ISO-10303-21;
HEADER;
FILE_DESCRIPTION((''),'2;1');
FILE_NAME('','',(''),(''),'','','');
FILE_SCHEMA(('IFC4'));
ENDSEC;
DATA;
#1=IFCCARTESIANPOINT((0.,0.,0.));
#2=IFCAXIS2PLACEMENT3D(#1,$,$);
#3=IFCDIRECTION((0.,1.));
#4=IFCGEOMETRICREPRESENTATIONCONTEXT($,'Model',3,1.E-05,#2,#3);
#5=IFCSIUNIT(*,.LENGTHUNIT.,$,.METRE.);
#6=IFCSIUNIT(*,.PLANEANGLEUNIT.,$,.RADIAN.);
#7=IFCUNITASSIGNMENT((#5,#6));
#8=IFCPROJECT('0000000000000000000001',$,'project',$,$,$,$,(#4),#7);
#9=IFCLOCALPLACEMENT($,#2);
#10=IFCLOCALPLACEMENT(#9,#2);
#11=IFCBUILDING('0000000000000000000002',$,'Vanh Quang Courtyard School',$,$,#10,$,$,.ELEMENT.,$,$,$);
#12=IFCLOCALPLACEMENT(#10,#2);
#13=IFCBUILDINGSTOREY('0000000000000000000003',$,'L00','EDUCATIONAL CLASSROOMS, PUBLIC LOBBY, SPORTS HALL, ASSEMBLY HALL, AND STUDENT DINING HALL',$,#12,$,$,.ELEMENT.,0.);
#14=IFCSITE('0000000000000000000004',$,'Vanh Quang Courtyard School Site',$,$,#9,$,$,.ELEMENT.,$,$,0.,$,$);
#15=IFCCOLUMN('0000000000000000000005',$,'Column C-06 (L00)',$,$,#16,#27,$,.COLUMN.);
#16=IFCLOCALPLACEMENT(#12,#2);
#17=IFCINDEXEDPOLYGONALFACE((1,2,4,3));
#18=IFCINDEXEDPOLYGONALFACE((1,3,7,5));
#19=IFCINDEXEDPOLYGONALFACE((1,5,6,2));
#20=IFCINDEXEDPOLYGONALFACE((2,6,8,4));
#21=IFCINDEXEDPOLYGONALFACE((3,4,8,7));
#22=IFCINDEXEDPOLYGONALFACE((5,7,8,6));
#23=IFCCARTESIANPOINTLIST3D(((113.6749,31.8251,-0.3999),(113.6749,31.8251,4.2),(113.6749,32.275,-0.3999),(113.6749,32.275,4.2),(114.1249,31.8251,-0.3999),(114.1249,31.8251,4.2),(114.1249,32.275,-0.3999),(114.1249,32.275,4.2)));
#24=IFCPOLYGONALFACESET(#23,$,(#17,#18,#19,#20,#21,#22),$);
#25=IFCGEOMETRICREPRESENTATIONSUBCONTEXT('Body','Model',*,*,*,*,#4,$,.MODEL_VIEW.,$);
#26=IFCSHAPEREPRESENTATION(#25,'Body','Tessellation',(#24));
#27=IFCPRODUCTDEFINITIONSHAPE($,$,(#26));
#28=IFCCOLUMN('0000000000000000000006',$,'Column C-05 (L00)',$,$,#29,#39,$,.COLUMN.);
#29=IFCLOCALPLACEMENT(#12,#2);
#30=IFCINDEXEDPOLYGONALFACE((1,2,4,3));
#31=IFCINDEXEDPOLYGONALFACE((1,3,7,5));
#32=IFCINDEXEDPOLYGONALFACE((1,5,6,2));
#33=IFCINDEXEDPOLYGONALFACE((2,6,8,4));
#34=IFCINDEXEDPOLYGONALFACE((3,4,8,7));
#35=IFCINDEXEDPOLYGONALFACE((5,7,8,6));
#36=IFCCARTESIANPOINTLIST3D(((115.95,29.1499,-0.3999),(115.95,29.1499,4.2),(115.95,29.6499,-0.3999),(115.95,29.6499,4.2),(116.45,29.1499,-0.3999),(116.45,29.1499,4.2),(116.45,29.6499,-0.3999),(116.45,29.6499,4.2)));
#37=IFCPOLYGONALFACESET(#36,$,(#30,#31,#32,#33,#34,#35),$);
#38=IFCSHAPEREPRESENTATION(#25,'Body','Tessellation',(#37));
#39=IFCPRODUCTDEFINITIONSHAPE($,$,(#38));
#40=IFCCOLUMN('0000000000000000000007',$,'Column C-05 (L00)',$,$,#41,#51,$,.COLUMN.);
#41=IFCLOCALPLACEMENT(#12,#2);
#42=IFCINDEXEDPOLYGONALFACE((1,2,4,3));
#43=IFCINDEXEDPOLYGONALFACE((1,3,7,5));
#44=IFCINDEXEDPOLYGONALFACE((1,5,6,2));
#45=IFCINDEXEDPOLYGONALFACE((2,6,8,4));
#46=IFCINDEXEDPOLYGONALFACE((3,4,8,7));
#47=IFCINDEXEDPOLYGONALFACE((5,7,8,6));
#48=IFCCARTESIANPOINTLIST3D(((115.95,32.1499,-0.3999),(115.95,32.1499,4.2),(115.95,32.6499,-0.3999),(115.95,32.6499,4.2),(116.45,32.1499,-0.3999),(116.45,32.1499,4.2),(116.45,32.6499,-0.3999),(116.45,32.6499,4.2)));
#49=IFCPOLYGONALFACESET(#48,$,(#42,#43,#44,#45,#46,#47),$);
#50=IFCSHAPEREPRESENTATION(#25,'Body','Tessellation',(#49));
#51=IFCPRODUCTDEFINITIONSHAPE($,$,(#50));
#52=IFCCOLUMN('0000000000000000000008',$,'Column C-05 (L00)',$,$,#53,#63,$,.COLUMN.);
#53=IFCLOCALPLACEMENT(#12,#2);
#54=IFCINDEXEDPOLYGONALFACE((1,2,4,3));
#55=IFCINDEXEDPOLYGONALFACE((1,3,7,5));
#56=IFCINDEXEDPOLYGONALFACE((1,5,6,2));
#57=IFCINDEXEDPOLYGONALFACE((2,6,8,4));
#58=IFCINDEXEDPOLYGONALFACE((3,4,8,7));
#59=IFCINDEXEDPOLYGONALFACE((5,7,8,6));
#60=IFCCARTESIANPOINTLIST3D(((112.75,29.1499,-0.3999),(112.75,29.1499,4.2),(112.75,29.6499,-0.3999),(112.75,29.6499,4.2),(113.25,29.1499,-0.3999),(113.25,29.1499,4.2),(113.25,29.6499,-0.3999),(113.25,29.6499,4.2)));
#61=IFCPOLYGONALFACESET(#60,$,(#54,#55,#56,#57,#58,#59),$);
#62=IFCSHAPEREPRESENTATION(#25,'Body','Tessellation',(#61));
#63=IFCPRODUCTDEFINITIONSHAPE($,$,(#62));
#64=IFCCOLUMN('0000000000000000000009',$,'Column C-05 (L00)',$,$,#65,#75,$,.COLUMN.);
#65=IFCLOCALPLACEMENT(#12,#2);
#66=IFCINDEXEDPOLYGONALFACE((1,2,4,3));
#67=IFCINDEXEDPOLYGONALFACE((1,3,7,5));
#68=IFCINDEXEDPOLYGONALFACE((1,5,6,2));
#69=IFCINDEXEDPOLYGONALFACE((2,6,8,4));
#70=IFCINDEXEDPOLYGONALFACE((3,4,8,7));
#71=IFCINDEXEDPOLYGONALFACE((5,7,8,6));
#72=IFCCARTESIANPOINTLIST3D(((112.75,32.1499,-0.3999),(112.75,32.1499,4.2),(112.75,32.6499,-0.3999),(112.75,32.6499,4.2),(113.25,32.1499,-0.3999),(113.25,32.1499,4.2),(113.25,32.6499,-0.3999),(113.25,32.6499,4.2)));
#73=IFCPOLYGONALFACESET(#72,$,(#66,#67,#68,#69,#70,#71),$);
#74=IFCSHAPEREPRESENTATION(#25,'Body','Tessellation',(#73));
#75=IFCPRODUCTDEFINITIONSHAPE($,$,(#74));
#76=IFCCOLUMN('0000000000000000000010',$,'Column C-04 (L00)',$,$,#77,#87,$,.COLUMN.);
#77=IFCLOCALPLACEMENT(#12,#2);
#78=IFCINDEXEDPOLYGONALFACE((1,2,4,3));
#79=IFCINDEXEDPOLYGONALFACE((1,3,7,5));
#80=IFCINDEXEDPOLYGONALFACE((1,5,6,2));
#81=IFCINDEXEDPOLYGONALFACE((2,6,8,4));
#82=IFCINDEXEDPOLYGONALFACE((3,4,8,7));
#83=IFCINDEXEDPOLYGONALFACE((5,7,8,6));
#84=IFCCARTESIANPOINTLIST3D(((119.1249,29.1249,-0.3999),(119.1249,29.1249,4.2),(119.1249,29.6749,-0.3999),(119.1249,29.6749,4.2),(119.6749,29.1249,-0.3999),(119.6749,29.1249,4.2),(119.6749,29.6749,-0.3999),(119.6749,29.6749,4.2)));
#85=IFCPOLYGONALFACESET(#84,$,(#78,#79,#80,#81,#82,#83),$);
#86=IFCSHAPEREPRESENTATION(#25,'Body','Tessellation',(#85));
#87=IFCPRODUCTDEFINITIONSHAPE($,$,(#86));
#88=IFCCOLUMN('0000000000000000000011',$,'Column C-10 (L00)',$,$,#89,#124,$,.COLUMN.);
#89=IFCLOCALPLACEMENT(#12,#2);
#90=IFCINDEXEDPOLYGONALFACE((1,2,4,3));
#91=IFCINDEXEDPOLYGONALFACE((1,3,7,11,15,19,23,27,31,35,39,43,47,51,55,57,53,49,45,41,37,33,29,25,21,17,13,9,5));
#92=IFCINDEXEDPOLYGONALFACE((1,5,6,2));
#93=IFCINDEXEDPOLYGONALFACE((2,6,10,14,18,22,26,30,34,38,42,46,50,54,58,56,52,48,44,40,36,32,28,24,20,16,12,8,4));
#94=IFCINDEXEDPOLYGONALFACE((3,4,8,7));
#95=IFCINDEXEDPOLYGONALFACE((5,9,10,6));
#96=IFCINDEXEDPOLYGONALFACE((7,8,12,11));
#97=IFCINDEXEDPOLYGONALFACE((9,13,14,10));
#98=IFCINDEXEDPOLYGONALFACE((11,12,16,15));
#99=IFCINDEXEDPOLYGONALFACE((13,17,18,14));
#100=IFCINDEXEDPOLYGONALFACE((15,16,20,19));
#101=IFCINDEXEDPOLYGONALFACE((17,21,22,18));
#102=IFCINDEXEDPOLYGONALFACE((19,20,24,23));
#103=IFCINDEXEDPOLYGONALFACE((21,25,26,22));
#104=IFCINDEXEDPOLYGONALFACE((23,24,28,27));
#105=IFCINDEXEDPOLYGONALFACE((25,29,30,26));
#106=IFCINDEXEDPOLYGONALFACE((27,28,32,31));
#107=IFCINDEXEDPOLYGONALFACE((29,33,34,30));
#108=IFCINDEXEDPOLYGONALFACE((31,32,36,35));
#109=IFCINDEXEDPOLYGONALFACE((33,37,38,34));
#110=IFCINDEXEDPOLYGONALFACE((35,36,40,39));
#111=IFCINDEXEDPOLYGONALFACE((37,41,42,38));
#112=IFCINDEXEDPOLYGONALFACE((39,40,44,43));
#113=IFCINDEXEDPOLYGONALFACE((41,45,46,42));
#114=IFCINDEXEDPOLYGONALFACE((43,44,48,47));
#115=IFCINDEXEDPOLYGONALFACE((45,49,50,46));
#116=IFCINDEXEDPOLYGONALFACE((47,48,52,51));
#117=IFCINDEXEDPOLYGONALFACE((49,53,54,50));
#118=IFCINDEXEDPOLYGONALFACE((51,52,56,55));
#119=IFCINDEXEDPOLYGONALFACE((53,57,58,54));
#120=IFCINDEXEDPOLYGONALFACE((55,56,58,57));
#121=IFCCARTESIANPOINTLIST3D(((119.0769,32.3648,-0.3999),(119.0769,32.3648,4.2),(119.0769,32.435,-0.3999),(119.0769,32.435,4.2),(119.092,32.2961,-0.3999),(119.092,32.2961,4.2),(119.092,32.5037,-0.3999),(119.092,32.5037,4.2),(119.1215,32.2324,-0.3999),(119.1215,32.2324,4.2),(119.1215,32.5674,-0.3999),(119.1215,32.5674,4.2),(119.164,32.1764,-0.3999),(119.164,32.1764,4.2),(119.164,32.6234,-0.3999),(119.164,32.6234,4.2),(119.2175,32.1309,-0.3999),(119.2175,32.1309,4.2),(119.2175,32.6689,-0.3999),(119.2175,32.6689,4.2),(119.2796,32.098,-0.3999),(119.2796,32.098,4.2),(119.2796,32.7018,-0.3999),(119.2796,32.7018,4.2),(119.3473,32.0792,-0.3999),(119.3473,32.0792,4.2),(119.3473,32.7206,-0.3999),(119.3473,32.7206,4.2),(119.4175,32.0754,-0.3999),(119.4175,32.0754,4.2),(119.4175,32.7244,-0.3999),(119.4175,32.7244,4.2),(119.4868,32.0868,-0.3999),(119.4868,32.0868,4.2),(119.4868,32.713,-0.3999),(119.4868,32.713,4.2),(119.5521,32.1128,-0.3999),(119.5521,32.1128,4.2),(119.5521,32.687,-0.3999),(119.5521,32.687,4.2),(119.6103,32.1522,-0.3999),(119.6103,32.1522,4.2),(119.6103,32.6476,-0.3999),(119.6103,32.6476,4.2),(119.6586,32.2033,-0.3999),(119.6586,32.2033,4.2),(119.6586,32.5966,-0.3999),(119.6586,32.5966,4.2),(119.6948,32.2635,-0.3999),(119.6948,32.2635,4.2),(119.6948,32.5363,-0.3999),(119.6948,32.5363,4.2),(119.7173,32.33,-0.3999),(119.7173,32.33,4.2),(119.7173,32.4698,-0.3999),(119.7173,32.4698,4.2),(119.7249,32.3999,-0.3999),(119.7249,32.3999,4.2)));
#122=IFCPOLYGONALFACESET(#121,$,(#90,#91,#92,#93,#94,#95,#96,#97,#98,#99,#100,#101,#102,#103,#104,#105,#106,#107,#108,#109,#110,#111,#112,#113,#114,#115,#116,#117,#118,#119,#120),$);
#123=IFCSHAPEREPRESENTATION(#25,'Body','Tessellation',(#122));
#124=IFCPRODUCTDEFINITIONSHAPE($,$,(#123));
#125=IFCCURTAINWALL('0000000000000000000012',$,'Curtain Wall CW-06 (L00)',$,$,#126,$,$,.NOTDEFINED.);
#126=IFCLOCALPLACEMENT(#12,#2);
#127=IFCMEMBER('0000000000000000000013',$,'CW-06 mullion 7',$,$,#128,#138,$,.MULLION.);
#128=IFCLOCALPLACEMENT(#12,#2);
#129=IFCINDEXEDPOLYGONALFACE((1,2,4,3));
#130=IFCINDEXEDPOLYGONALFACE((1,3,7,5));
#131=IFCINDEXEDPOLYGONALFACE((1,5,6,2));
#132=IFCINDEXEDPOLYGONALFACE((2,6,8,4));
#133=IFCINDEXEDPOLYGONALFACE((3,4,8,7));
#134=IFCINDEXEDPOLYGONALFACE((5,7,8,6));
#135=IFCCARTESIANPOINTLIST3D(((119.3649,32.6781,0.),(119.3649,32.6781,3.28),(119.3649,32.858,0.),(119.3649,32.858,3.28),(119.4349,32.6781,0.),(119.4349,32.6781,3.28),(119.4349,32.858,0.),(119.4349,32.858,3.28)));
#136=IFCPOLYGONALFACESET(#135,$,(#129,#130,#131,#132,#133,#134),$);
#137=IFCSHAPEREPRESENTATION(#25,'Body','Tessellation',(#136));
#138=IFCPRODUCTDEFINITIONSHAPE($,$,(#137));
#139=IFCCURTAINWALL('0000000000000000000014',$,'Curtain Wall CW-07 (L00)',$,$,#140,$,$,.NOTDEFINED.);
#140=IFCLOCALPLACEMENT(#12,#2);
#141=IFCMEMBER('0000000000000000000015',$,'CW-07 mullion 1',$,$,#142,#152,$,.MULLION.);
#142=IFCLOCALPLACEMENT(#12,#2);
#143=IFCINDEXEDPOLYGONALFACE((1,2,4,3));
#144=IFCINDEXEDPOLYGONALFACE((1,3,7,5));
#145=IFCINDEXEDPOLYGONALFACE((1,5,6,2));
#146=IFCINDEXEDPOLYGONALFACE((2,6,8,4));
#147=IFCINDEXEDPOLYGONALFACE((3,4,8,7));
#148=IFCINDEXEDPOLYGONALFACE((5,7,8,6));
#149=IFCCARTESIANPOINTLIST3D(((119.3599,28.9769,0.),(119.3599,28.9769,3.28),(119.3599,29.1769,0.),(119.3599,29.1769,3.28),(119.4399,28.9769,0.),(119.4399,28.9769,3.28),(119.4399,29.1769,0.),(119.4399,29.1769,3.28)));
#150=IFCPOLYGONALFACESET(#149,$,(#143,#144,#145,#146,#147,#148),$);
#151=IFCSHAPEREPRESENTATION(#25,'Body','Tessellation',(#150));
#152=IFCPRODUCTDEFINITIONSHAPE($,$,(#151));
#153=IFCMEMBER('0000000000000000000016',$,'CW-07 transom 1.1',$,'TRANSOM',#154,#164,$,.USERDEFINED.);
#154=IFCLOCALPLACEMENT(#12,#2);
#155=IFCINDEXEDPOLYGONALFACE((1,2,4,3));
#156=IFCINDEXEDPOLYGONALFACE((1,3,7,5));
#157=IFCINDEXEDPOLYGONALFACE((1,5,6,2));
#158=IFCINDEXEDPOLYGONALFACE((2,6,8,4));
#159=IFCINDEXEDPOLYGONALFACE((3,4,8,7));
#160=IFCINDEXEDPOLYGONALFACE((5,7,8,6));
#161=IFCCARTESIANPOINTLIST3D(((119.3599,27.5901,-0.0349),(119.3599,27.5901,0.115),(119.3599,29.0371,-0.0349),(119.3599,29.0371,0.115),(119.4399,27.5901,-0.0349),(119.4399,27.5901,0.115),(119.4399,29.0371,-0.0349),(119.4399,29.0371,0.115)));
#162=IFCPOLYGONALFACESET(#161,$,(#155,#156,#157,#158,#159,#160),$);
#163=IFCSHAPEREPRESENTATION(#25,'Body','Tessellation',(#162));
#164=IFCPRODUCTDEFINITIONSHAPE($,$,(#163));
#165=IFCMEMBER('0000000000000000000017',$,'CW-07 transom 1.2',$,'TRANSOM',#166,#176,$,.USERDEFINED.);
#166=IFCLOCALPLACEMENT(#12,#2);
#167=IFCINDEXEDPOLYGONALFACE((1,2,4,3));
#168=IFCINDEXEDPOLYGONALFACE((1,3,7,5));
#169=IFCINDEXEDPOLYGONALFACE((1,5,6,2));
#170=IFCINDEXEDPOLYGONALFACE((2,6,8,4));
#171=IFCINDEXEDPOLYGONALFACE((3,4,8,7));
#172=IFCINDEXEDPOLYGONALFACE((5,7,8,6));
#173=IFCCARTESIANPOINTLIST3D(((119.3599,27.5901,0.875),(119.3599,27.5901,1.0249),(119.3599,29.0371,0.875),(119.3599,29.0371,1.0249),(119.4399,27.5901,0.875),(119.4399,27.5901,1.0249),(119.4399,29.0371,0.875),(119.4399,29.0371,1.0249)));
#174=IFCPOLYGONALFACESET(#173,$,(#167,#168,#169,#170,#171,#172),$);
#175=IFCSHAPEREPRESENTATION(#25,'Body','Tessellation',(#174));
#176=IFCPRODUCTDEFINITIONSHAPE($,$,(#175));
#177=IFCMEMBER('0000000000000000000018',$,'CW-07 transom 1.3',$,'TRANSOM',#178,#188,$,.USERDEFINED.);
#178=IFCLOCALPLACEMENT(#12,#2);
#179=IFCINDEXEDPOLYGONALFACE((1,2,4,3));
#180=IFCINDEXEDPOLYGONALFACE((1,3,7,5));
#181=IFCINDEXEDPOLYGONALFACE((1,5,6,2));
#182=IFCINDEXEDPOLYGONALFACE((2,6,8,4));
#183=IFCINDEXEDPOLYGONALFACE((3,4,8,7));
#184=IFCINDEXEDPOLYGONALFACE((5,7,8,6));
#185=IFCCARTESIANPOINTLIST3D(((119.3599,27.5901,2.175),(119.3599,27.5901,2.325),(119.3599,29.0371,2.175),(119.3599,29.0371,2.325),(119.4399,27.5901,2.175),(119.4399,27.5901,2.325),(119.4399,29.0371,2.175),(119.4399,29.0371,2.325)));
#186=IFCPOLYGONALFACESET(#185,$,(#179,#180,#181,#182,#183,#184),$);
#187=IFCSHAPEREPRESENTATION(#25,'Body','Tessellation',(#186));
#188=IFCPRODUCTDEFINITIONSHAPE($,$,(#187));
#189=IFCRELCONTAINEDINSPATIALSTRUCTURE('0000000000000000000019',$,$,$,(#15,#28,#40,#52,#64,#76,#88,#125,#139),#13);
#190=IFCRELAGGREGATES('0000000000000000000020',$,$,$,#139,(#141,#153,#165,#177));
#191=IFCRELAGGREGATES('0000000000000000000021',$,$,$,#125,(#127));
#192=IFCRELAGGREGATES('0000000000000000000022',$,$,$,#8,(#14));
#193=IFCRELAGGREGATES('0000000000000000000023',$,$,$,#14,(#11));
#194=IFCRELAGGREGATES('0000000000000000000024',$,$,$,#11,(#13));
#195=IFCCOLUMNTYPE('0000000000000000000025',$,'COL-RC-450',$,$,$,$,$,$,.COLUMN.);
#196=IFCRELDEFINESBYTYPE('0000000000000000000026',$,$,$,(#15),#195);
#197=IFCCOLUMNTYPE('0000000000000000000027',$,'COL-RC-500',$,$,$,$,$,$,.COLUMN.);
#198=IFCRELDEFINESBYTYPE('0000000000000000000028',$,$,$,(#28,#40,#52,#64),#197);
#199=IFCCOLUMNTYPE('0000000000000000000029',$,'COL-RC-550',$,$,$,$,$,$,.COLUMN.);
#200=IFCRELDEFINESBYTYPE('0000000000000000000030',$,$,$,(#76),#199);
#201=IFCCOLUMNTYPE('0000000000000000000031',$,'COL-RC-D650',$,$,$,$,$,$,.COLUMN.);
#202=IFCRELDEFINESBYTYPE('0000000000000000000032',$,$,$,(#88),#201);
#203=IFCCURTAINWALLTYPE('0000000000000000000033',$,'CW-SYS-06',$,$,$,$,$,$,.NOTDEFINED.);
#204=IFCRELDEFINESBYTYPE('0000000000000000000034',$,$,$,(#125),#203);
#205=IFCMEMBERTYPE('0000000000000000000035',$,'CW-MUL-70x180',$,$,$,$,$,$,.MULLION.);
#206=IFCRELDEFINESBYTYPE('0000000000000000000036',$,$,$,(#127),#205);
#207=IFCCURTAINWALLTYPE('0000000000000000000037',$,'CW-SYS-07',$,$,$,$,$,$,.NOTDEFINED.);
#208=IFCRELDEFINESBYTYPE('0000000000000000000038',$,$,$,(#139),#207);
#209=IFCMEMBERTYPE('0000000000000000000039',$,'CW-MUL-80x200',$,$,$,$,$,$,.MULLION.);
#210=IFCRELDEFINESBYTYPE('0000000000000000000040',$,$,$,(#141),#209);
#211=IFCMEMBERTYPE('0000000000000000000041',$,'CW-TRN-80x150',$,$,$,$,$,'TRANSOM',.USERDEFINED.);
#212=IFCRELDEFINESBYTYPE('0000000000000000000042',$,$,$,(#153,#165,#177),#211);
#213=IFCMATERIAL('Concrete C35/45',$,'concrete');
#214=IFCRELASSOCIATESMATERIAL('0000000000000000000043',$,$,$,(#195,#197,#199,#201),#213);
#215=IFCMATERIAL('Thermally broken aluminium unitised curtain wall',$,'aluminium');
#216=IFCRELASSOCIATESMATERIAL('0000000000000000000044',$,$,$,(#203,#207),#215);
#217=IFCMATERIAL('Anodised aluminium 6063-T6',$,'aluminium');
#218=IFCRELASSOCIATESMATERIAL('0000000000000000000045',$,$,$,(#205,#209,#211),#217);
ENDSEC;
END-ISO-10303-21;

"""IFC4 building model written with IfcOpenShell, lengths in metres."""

from ifc_helpers import new_model, si_unit, direction, frame, origin, origin_2d, place, context, subcontext, project, spatial, rectangle, circle, extrude, material, material_profile, profile_set, type_object, element, aggregate, save


model = new_model("IFC4")

# Units and contexts
model_context = context("Model", 3, precision=1e-05, world=origin(), true_north=direction((0.0, 1.0)))
body_context = subcontext(model_context, "Body", "Model", "MODEL_VIEW")
ifc_project = project(units=[si_unit("LENGTHUNIT", "METRE"), si_unit("PLANEANGLEUNIT", "RADIAN")], contexts=[model_context])

# Site, building, storey
site_placement = place(None, origin())
site = spatial("IfcSite", under=ifc_project, at=site_placement, Name="Vanh Quang Courtyard School Site", CompositionType="ELEMENT", RefElevation=0.0)
building_placement = place(site_placement, origin())
building = spatial("IfcBuilding", under=site, at=building_placement, Name="Vanh Quang Courtyard School", CompositionType="ELEMENT")
storey_placement = place(building_placement, origin())
storey = spatial("IfcBuildingStorey", under=building, at=storey_placement, Name="L00", Description="EDUCATIONAL CLASSROOMS, PUBLIC LOBBY, SPORTS HALL, ASSEMBLY HALL, AND STUDENT DINING HALL", CompositionType="ELEMENT", Elevation=0.0)

# Shared definitions
ifc_material_1 = material(Name="Concrete C35/45", Category="concrete")

# Columns
ifc_material_profile_1 = material_profile(ifc_material_1, rectangle(XDim=0.45, YDim=0.45, at=origin_2d()), Name="RC-COL 450x450")
ifc_profile_set_1 = profile_set([ifc_material_profile_1], Name="Concrete C35/45")
column_type_1 = type_object("IfcColumnType", Name="COL-RC-450", PredefinedType="COLUMN", material=ifc_profile_set_1)
for number, where, z_axis, x_axis, name in (
    (1, (113.8999, 32.05, -0.3999), (0.0, 0.0, 1.0), (1.0, 0.0, 0.0), "Column C-06 (L00)"),
):
    element("IfcColumn", number, at=place(storey_placement, frame(where, z_axis=z_axis, x_axis=x_axis)), inside=storey, type_object=column_type_1, Name=name, PredefinedType="COLUMN", context=body_context, shape_type="SweptSolid", body=[
        extrude(rectangle(XDim=0.45, YDim=0.45, at=origin_2d()), origin(), (0.0, 0.0, 1.0), 4.5999),
    ])
ifc_material_profile_2 = material_profile(ifc_material_1, rectangle(XDim=0.5, YDim=0.5, at=origin_2d()), Name="RC-COL 500x500")
ifc_profile_set_2 = profile_set([ifc_material_profile_2], Name="Concrete C35/45")
column_type_2 = type_object("IfcColumnType", Name="COL-RC-500", PredefinedType="COLUMN", material=ifc_profile_set_2)
for number, where, z_axis, x_axis, name in (
    (2, (116.2, 29.3999, -0.3999), (0.0, 0.0, 1.0), (1.0, 0.0, 0.0), "Column C-05 (L00)"),
    (3, (116.2, 32.3999, -0.3999), (0.0, 0.0, 1.0), (1.0, 0.0, 0.0), "Column C-05 (L00)"),
    (4, (113.0, 29.3999, -0.3999), (0.0, 0.0, 1.0), (1.0, 0.0, 0.0), "Column C-05 (L00)"),
    (5, (113.0, 32.3999, -0.3999), (0.0, 0.0, 1.0), (1.0, 0.0, 0.0), "Column C-05 (L00)"),
):
    element("IfcColumn", number, at=place(storey_placement, frame(where, z_axis=z_axis, x_axis=x_axis)), inside=storey, type_object=column_type_2, Name=name, PredefinedType="COLUMN", context=body_context, shape_type="SweptSolid", body=[
        extrude(rectangle(XDim=0.5, YDim=0.5, at=origin_2d()), origin(), (0.0, 0.0, 1.0), 4.5999),
    ])
ifc_material_profile_3 = material_profile(ifc_material_1, rectangle(XDim=0.55, YDim=0.55, at=origin_2d()), Name="RC-COL 550x550")
ifc_profile_set_3 = profile_set([ifc_material_profile_3], Name="Concrete C35/45")
column_type_3 = type_object("IfcColumnType", Name="COL-RC-550", PredefinedType="COLUMN", material=ifc_profile_set_3)
column_1_placement = place(storey_placement, frame((119.3999, 29.3999, -0.3999), z_axis=(0.0, 0.0, 1.0), x_axis=(1.0, 0.0, 0.0)))
element("IfcColumn", 6, at=column_1_placement, inside=storey, type_object=column_type_3, Name="Column C-04 (L00)", PredefinedType="COLUMN", context=body_context, shape_type="SweptSolid", body=[
    extrude(rectangle(XDim=0.55, YDim=0.55, at=origin_2d()), origin(), (0.0, 0.0, 1.0), 4.5999),
])
ifc_material_profile_4 = material_profile(ifc_material_1, circle(Radius=0.325, at=origin_2d()), Name="RC-COL D650")
ifc_profile_set_4 = profile_set([ifc_material_profile_4], Name="Concrete C35/45")
column_type_4 = type_object("IfcColumnType", Name="COL-RC-D650", PredefinedType="COLUMN", material=ifc_profile_set_4)
column_2_placement = place(storey_placement, frame((119.3999, 32.3999, -0.3999), z_axis=(0.0, 0.0, 1.0), x_axis=(1.0, 0.0, 0.0)))
element("IfcColumn", 7, at=column_2_placement, inside=storey, type_object=column_type_4, Name="Column C-10 (L00)", PredefinedType="COLUMN", context=body_context, shape_type="SweptSolid", body=[
    extrude(circle(Radius=0.325, at=origin_2d()), origin(), (0.0, 0.0, 1.0), 4.5999),
])

# Curtain wall, member
ifc_material_2 = material(Name="Thermally broken aluminium unitised curtain wall", Category="aluminium")
curtain_wall_type_1 = type_object("IfcCurtainWallType", Name="CW-SYS-06", PredefinedType="NOTDEFINED", material=ifc_material_2)
curtain_wall_1_placement = place(storey_placement, origin())
curtain_wall_1 = element("IfcCurtainWall", 8, at=curtain_wall_1_placement, inside=storey, type_object=curtain_wall_type_1, Name="Curtain Wall CW-06 (L00)", PredefinedType="NOTDEFINED")
ifc_material_3 = material(Name="Anodised aluminium 6063-T6", Category="aluminium")
ifc_material_profile_5 = material_profile(ifc_material_3, rectangle(XDim=0.0701, YDim=0.1799, at=origin_2d()), Name="ALU-MUL 70x180")
ifc_profile_set_5 = profile_set([ifc_material_profile_5], Name="Anodised aluminium 6063-T6")
member_type_1 = type_object("IfcMemberType", Name="CW-MUL-70x180", PredefinedType="MULLION", material=ifc_profile_set_5)
member_1_placement = place(storey_placement, frame((119.3999, 32.7681, 0.0), z_axis=(0.0, 0.0, 1.0), x_axis=(1.0, 0.0, 0.0)))
member_1 = element("IfcMember", 9, at=member_1_placement, type_object=member_type_1, Name="CW-06 mullion 7", PredefinedType="MULLION", context=body_context, shape_type="SweptSolid", body=[
    extrude(rectangle(XDim=0.0701, YDim=0.1799, at=origin_2d()), origin(), (0.0, 0.0, 1.0), 3.28),
])

# Curtain wall, members
curtain_wall_type_2 = type_object("IfcCurtainWallType", Name="CW-SYS-07", PredefinedType="NOTDEFINED", material=ifc_material_2)
curtain_wall_2_placement = place(storey_placement, origin())
curtain_wall_2 = element("IfcCurtainWall", 10, at=curtain_wall_2_placement, inside=storey, type_object=curtain_wall_type_2, Name="Curtain Wall CW-07 (L00)", PredefinedType="NOTDEFINED")
ifc_material_profile_6 = material_profile(ifc_material_3, rectangle(XDim=0.0801, YDim=0.2, at=origin_2d()), Name="ALU-MUL 80x200")
ifc_profile_set_6 = profile_set([ifc_material_profile_6], Name="Anodised aluminium 6063-T6")
member_type_2 = type_object("IfcMemberType", Name="CW-MUL-80x200", PredefinedType="MULLION", material=ifc_profile_set_6)
member_2_placement = place(storey_placement, frame((119.3999, 29.0769, 0.0), z_axis=(0.0, 0.0, 1.0), x_axis=(1.0, 0.0, 0.0)))
member_2 = element("IfcMember", 11, at=member_2_placement, type_object=member_type_2, Name="CW-07 mullion 1", PredefinedType="MULLION", context=body_context, shape_type="SweptSolid", body=[
    extrude(rectangle(XDim=0.0801, YDim=0.2, at=origin_2d()), origin(), (0.0, 0.0, 1.0), 3.28),
])
ifc_material_profile_7 = material_profile(ifc_material_3, rectangle(XDim=0.0801, YDim=0.1499, at=origin_2d()), Name="ALU-TRN 80x150")
ifc_profile_set_7 = profile_set([ifc_material_profile_7], Name="Anodised aluminium 6063-T6")
member_type_3 = type_object("IfcMemberType", Name="CW-TRN-80x150", ElementType="TRANSOM", PredefinedType="USERDEFINED", material=ifc_profile_set_7)
member_3_placement = place(storey_placement, frame((119.3999, 29.0371, 0.04), z_axis=(0.0, -1.0, 0.0), x_axis=(1.0, 0.0, 0.0)))
member_3 = element("IfcMember", 12, at=member_3_placement, type_object=member_type_3, Name="CW-07 transom 1.1", ObjectType="TRANSOM", PredefinedType="USERDEFINED", context=body_context, shape_type="SweptSolid", body=[
    extrude(rectangle(XDim=0.0801, YDim=0.1499, at=origin_2d()), origin(), (0.0, 0.0, 1.0), 1.447),
])
member_4_placement = place(storey_placement, frame((119.3999, 29.0371, 0.95), z_axis=(0.0, -1.0, 0.0), x_axis=(1.0, 0.0, 0.0)))
member_4 = element("IfcMember", 13, at=member_4_placement, type_object=member_type_3, Name="CW-07 transom 1.2", ObjectType="TRANSOM", PredefinedType="USERDEFINED", context=body_context, shape_type="SweptSolid", body=[
    extrude(rectangle(XDim=0.0801, YDim=0.1499, at=origin_2d()), origin(), (0.0, 0.0, 1.0), 1.447),
])
member_5_placement = place(storey_placement, frame((119.3999, 29.0371, 2.25), z_axis=(0.0, -1.0, 0.0), x_axis=(1.0, 0.0, 0.0)))
member_5 = element("IfcMember", 14, at=member_5_placement, type_object=member_type_3, Name="CW-07 transom 1.3", ObjectType="TRANSOM", PredefinedType="USERDEFINED", context=body_context, shape_type="SweptSolid", body=[
    extrude(rectangle(XDim=0.0801, YDim=0.1499, at=origin_2d()), origin(), (0.0, 0.0, 1.0), 1.447),
])
aggregate(curtain_wall_2, [member_2, member_3, member_4, member_5])

aggregate(curtain_wall_1, [member_1])

save(model, "model.ifc")
